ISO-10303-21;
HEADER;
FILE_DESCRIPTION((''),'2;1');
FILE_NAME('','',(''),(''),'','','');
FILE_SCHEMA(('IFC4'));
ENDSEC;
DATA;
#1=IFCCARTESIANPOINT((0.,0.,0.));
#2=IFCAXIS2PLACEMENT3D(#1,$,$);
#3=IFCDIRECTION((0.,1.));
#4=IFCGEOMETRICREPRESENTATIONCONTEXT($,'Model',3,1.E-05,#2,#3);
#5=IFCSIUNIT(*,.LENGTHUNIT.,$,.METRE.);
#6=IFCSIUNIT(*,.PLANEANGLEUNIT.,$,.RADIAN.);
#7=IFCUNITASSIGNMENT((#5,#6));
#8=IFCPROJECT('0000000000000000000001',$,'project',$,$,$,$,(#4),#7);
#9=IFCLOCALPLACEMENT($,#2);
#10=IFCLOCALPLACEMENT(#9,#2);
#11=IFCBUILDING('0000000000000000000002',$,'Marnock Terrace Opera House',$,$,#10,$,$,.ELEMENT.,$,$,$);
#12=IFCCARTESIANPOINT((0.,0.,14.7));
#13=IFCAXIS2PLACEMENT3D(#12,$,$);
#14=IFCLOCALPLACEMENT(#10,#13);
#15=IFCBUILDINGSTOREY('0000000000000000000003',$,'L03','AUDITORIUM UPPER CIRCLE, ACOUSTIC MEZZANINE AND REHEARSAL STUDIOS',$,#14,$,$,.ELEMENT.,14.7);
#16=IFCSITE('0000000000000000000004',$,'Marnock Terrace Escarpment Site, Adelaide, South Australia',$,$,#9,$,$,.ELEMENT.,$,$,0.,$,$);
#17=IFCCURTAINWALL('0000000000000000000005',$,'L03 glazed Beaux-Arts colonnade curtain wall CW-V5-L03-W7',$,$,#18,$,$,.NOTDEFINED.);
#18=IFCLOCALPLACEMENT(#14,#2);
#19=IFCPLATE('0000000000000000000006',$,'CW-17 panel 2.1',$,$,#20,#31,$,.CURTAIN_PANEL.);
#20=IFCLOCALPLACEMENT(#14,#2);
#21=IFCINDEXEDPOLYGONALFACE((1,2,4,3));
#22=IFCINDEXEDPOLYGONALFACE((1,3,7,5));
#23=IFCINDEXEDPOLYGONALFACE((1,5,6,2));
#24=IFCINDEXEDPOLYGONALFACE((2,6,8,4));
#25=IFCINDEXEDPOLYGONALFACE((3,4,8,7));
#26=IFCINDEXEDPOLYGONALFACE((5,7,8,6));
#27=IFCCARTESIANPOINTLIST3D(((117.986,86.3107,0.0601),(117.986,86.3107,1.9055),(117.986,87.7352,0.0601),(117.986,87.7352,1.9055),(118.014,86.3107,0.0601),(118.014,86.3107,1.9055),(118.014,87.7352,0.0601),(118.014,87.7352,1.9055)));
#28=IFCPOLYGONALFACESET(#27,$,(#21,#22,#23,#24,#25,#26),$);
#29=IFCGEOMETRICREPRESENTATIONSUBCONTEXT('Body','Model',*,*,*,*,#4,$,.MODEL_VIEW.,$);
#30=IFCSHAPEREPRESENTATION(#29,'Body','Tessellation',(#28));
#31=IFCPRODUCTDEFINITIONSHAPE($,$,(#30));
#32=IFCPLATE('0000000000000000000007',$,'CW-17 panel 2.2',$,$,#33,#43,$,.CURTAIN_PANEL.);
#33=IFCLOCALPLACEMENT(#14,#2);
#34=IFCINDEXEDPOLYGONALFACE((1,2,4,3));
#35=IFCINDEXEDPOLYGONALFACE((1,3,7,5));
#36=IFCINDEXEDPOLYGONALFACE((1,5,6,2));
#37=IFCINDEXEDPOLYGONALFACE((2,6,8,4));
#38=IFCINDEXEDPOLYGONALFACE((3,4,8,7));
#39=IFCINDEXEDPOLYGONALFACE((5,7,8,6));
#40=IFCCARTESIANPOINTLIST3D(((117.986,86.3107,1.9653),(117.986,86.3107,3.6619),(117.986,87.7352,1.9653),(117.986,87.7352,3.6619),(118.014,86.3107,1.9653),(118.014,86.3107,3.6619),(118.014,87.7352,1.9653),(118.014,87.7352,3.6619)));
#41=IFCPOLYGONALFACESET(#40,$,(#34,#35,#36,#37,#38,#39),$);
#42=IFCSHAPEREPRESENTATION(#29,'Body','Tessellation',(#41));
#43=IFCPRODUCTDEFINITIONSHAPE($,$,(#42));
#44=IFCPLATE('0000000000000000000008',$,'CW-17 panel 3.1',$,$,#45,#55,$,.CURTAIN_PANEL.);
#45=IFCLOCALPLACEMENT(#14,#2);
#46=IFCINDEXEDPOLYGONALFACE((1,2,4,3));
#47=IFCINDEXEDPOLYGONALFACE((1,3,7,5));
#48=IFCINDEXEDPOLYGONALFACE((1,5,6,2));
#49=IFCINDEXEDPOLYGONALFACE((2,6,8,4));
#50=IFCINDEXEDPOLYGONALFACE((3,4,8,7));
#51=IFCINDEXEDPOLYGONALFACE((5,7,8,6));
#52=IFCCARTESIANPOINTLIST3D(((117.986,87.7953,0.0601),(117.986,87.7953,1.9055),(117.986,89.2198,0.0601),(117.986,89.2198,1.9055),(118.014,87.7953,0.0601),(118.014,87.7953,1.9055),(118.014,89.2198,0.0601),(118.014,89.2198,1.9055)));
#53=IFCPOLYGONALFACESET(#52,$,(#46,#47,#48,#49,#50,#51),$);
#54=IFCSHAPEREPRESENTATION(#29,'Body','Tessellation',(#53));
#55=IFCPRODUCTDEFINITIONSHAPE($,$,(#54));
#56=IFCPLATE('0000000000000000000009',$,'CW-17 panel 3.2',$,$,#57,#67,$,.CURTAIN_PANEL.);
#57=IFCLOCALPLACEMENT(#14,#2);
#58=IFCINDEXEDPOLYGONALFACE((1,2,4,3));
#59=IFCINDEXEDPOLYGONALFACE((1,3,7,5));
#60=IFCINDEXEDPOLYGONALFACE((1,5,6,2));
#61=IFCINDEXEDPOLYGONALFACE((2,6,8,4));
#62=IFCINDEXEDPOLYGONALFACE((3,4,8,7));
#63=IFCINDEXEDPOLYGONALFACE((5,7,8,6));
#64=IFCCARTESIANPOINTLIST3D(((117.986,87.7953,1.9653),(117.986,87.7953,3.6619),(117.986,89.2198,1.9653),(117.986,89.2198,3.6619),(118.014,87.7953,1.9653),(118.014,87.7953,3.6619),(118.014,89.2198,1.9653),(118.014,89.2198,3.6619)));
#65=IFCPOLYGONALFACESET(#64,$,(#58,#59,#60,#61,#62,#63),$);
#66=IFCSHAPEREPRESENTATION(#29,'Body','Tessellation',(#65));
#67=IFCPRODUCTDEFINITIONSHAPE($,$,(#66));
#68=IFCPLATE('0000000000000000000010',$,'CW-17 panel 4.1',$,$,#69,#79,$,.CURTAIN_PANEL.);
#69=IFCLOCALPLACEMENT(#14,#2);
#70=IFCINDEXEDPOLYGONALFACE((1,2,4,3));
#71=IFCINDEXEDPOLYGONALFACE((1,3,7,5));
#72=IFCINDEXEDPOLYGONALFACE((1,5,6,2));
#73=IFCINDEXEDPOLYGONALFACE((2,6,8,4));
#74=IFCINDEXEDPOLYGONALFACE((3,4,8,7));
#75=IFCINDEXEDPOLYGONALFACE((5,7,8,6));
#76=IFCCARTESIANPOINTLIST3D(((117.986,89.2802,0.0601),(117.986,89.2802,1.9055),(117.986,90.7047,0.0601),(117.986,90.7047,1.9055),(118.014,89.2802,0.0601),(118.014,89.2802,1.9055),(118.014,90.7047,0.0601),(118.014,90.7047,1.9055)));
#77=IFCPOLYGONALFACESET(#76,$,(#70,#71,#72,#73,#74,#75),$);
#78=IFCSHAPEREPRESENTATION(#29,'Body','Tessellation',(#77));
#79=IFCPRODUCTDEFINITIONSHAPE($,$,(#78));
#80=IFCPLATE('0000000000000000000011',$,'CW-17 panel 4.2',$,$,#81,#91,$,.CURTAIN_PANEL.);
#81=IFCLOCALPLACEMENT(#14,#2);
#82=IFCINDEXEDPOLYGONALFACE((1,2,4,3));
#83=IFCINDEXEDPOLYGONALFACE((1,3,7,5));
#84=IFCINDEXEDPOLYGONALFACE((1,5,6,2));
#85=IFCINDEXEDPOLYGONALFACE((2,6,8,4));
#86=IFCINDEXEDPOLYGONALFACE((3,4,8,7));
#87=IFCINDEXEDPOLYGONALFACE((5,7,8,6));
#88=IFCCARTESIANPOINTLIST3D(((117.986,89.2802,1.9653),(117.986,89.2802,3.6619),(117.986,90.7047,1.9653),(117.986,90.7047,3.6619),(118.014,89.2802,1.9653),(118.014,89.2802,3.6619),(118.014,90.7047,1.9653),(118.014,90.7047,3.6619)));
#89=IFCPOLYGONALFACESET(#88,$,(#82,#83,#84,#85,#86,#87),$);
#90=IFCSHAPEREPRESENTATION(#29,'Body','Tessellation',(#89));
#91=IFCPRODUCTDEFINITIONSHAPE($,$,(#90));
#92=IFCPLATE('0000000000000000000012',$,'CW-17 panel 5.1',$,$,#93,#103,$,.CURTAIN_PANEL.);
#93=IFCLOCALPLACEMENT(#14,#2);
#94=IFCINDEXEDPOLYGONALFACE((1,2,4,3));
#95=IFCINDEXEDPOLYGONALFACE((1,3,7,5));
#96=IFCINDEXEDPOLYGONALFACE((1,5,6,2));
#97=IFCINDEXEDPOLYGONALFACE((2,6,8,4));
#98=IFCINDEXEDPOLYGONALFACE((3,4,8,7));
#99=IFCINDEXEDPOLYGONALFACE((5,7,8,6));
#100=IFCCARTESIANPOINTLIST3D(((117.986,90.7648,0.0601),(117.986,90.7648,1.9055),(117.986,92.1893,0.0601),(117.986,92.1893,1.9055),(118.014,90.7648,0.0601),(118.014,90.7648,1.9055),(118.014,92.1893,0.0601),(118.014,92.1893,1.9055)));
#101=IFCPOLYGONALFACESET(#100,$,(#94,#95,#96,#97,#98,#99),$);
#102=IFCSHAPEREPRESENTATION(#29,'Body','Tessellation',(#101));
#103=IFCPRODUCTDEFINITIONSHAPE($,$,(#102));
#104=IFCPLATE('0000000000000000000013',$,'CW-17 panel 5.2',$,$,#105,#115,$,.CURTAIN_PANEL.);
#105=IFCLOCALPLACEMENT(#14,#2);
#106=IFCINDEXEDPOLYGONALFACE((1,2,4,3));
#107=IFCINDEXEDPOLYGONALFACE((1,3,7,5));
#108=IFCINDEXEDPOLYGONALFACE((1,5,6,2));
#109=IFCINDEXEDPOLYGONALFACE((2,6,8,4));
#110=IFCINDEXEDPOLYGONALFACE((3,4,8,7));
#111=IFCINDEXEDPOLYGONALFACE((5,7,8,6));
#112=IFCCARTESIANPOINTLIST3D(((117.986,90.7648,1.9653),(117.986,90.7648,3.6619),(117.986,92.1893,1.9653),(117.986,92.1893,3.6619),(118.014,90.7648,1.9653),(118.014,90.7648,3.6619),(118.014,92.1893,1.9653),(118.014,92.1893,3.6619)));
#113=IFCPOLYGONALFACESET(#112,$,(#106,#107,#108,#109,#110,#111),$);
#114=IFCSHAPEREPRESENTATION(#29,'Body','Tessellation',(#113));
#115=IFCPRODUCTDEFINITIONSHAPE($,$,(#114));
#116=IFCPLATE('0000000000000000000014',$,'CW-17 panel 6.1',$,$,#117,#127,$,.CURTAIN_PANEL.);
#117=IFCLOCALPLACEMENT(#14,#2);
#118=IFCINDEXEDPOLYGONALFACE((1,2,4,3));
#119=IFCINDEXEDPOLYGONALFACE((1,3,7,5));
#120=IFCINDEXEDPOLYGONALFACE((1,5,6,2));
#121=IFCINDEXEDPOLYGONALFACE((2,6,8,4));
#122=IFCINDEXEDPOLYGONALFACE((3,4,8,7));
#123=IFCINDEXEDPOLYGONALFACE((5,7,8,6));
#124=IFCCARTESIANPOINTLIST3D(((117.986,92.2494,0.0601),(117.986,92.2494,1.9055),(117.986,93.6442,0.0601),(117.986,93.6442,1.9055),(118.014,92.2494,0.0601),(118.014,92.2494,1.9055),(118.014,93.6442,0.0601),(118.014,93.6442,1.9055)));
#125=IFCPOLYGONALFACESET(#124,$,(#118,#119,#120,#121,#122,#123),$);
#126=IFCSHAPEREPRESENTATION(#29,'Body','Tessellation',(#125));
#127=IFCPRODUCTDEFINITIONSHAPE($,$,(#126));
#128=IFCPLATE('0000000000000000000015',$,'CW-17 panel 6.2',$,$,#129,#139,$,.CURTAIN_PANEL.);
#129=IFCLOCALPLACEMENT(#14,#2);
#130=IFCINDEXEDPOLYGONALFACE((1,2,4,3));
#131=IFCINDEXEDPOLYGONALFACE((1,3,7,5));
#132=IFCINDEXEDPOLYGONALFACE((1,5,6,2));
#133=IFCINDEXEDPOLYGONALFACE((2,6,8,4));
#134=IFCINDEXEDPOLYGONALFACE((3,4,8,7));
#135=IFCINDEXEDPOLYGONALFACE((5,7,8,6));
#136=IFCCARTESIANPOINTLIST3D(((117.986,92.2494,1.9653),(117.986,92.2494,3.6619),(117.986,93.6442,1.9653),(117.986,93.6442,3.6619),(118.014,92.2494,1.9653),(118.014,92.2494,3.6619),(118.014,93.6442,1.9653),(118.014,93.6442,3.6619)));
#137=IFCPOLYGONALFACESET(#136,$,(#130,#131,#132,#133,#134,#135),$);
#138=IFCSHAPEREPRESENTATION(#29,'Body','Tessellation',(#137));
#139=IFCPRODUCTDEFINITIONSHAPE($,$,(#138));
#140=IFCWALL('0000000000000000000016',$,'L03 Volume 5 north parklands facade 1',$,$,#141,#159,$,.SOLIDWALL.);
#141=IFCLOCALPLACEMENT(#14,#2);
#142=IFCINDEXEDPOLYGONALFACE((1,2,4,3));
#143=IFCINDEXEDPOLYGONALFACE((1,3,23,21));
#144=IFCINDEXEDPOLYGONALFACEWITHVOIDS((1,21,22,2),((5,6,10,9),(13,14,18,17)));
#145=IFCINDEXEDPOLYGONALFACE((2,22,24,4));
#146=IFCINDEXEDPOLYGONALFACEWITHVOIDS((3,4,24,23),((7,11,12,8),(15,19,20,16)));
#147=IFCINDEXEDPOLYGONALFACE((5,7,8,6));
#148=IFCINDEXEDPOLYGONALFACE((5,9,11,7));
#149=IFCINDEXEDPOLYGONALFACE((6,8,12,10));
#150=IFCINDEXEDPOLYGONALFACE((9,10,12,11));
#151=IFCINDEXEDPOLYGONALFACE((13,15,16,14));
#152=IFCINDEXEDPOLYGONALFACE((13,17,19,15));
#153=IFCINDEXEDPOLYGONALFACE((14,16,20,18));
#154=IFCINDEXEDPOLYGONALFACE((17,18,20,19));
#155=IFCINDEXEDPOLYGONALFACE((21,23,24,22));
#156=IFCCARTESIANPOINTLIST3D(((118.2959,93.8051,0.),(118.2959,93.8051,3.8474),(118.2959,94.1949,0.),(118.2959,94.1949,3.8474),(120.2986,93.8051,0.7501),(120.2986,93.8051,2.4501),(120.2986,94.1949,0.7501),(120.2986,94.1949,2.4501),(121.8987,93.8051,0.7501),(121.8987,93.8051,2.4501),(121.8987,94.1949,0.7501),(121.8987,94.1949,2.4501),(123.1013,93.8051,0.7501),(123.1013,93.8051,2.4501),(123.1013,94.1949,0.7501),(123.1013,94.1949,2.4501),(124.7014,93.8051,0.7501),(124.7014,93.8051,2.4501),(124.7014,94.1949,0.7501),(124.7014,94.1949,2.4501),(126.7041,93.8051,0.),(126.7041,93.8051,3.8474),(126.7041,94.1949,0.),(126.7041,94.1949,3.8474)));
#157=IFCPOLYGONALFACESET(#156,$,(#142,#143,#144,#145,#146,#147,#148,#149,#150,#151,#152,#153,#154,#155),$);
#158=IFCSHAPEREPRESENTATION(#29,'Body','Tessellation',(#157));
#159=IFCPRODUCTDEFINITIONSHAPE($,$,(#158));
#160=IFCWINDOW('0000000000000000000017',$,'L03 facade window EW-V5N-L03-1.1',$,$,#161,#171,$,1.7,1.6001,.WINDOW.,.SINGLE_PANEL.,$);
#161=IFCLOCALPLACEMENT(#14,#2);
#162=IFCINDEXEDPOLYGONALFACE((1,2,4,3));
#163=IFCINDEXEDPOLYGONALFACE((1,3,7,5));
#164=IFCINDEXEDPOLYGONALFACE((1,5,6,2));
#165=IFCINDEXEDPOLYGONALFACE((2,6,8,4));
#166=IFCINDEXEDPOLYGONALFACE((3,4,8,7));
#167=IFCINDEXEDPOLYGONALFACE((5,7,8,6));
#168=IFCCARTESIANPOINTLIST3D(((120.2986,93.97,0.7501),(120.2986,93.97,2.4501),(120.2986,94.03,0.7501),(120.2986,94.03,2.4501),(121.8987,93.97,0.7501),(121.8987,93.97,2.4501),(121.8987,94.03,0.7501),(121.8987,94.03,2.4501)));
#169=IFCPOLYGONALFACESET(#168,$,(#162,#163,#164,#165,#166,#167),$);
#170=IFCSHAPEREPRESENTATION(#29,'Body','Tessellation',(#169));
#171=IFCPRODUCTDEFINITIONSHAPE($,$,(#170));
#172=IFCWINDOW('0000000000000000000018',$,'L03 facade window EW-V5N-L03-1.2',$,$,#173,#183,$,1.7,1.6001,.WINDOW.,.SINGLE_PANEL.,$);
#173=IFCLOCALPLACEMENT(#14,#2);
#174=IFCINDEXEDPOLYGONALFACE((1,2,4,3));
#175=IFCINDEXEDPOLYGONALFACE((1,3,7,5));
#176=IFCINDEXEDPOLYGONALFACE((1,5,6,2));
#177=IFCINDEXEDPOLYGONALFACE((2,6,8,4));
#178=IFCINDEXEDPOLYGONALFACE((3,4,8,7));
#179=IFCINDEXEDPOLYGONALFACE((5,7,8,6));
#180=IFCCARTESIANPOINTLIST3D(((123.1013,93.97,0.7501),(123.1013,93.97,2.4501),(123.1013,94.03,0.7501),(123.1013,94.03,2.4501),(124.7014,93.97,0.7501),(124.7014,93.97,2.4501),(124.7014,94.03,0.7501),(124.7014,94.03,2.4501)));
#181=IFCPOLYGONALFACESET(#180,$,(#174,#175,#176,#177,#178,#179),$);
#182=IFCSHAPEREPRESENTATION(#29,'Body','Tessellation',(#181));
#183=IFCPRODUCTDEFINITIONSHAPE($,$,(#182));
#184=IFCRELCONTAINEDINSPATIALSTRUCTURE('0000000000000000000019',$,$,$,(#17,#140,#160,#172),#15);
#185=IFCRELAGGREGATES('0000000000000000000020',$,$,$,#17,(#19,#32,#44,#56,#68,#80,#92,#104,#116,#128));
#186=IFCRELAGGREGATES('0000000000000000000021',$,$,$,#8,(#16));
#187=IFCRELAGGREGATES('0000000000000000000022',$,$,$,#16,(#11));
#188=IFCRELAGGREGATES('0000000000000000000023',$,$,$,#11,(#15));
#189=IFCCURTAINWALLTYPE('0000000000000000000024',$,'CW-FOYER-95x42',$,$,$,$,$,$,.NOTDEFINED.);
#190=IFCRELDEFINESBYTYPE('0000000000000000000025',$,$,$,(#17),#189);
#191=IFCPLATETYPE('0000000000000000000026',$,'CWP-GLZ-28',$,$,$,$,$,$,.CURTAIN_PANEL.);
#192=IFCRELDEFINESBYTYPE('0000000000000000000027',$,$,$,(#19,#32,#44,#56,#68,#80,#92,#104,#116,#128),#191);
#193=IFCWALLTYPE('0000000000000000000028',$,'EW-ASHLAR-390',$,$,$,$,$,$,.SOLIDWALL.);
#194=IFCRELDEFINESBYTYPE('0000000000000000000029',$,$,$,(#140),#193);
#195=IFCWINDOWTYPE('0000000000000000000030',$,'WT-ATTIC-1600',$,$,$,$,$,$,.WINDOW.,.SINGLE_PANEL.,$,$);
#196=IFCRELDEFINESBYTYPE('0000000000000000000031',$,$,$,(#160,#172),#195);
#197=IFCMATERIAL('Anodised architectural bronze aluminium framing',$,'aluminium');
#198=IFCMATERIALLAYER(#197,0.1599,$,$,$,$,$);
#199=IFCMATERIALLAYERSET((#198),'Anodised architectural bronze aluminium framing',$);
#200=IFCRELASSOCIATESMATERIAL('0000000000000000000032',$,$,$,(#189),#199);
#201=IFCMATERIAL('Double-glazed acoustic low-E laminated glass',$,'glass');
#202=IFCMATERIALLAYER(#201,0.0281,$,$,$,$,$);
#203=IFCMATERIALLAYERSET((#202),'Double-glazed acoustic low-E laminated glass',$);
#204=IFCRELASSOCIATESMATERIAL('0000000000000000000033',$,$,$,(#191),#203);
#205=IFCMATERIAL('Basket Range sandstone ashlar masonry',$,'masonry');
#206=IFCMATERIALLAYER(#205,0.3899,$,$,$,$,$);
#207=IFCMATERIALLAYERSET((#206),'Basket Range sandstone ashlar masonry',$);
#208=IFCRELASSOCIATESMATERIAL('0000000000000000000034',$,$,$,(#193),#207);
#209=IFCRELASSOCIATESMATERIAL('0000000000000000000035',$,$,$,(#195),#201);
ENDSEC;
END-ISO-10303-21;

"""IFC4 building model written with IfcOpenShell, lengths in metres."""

from ifc_helpers import new_model, si_unit, direction, frame, frame_2d, origin, origin_2d, place, context, subcontext, project, spatial, rectangle, extrude, material, layer, layer_set, type_object, element, fill, aggregate, save


model = new_model("IFC4")

# Units and contexts
model_context = context("Model", 3, precision=1e-05, world=origin(), true_north=direction((0.0, 1.0)))
body_context = subcontext(model_context, "Body", "Model", "MODEL_VIEW")
ifc_project = project(units=[si_unit("LENGTHUNIT", "METRE"), si_unit("PLANEANGLEUNIT", "RADIAN")], contexts=[model_context])

# Site, building, storey
site_placement = place(None, origin())
site = spatial("IfcSite", under=ifc_project, at=site_placement, Name="Marnock Terrace Escarpment Site, Adelaide, South Australia", CompositionType="ELEMENT", RefElevation=0.0)
building_placement = place(site_placement, origin())
building = spatial("IfcBuilding", under=site, at=building_placement, Name="Marnock Terrace Opera House", CompositionType="ELEMENT")
storey_placement = place(building_placement, frame((0.0, 0.0, 14.7)))
storey = spatial("IfcBuildingStorey", under=building, at=storey_placement, Name="L03", Description="AUDITORIUM UPPER CIRCLE, ACOUSTIC MEZZANINE AND REHEARSAL STUDIOS", CompositionType="ELEMENT", Elevation=14.7)

# Curtain wall, plates
ifc_material_1 = material(Name="Anodised architectural bronze aluminium framing", Category="aluminium")
ifc_layer_1 = layer(ifc_material_1, 0.1599)
ifc_layer_set_1 = layer_set([ifc_layer_1], Name="Anodised architectural bronze aluminium framing")
curtain_wall_type = type_object("IfcCurtainWallType", Name="CW-FOYER-95x42", PredefinedType="NOTDEFINED", material=ifc_layer_set_1)
curtain_wall_placement = place(storey_placement, origin())
curtain_wall = element("IfcCurtainWall", 1, at=curtain_wall_placement, inside=storey, type_object=curtain_wall_type, Name="L03 glazed Beaux-Arts colonnade curtain wall CW-V5-L03-W7", PredefinedType="NOTDEFINED")
ifc_material_2 = material(Name="Double-glazed acoustic low-E laminated glass", Category="glass")
ifc_layer_2 = layer(ifc_material_2, 0.0281)
ifc_layer_set_2 = layer_set([ifc_layer_2], Name="Double-glazed acoustic low-E laminated glass")
plate_type = type_object("IfcPlateType", Name="CWP-GLZ-28", PredefinedType="CURTAIN_PANEL", material=ifc_layer_set_2)
plate_1_placement = place(storey_placement, frame((118.0, 87.0229, 0.0601), z_axis=(0.0, 0.0, 1.0), x_axis=(0.0, 1.0, 0.0)))
plate_1 = element("IfcPlate", 2, at=plate_1_placement, type_object=plate_type, Name="CW-17 panel 2.1", PredefinedType="CURTAIN_PANEL", context=body_context, shape_type="SweptSolid", body=[
    extrude(rectangle(XDim=1.4246, YDim=0.0281, at=origin_2d()), origin(), (0.0, 0.0, 1.0), 1.8455),
])
plate_2_placement = place(storey_placement, frame((118.0, 87.0229, 1.9653), z_axis=(0.0, 0.0, 1.0), x_axis=(0.0, 1.0, 0.0)))
plate_2 = element("IfcPlate", 3, at=plate_2_placement, type_object=plate_type, Name="CW-17 panel 2.2", PredefinedType="CURTAIN_PANEL", context=body_context, shape_type="SweptSolid", body=[
    extrude(rectangle(XDim=1.4246, YDim=0.0281, at=origin_2d()), origin(), (0.0, 0.0, 1.0), 1.6965),
])
plate_3_placement = place(storey_placement, frame((118.0, 88.5076, 0.0601), z_axis=(0.0, 0.0, 1.0), x_axis=(0.0, 1.0, 0.0)))
plate_3 = element("IfcPlate", 4, at=plate_3_placement, type_object=plate_type, Name="CW-17 panel 3.1", PredefinedType="CURTAIN_PANEL", context=body_context, shape_type="SweptSolid", body=[
    extrude(rectangle(XDim=1.4246, YDim=0.0281, at=origin_2d()), origin(), (0.0, 0.0, 1.0), 1.8455),
])
plate_4_placement = place(storey_placement, frame((118.0, 88.5076, 1.9653), z_axis=(0.0, 0.0, 1.0), x_axis=(0.0, 1.0, 0.0)))
plate_4 = element("IfcPlate", 5, at=plate_4_placement, type_object=plate_type, Name="CW-17 panel 3.2", PredefinedType="CURTAIN_PANEL", context=body_context, shape_type="SweptSolid", body=[
    extrude(rectangle(XDim=1.4246, YDim=0.0281, at=origin_2d()), origin(), (0.0, 0.0, 1.0), 1.6965),
])
plate_5_placement = place(storey_placement, frame((118.0, 89.9924, 0.0601), z_axis=(0.0, 0.0, 1.0), x_axis=(0.0, 1.0, 0.0)))
plate_5 = element("IfcPlate", 6, at=plate_5_placement, type_object=plate_type, Name="CW-17 panel 4.1", PredefinedType="CURTAIN_PANEL", context=body_context, shape_type="SweptSolid", body=[
    extrude(rectangle(XDim=1.4246, YDim=0.0281, at=origin_2d()), origin(), (0.0, 0.0, 1.0), 1.8455),
])
plate_6_placement = place(storey_placement, frame((118.0, 89.9924, 1.9653), z_axis=(0.0, 0.0, 1.0), x_axis=(0.0, 1.0, 0.0)))
plate_6 = element("IfcPlate", 7, at=plate_6_placement, type_object=plate_type, Name="CW-17 panel 4.2", PredefinedType="CURTAIN_PANEL", context=body_context, shape_type="SweptSolid", body=[
    extrude(rectangle(XDim=1.4246, YDim=0.0281, at=origin_2d()), origin(), (0.0, 0.0, 1.0), 1.6965),
])
plate_7_placement = place(storey_placement, frame((118.0, 91.4771, 0.0601), z_axis=(0.0, 0.0, 1.0), x_axis=(0.0, 1.0, 0.0)))
plate_7 = element("IfcPlate", 8, at=plate_7_placement, type_object=plate_type, Name="CW-17 panel 5.1", PredefinedType="CURTAIN_PANEL", context=body_context, shape_type="SweptSolid", body=[
    extrude(rectangle(XDim=1.4246, YDim=0.0281, at=origin_2d()), origin(), (0.0, 0.0, 1.0), 1.8455),
])
plate_8_placement = place(storey_placement, frame((118.0, 91.4771, 1.9653), z_axis=(0.0, 0.0, 1.0), x_axis=(0.0, 1.0, 0.0)))
plate_8 = element("IfcPlate", 9, at=plate_8_placement, type_object=plate_type, Name="CW-17 panel 5.2", PredefinedType="CURTAIN_PANEL", context=body_context, shape_type="SweptSolid", body=[
    extrude(rectangle(XDim=1.4246, YDim=0.0281, at=origin_2d()), origin(), (0.0, 0.0, 1.0), 1.6965),
])
plate_9_placement = place(storey_placement, frame((118.0, 92.9468, 0.0601), z_axis=(0.0, 0.0, 1.0), x_axis=(0.0, 1.0, 0.0)))
plate_9 = element("IfcPlate", 10, at=plate_9_placement, type_object=plate_type, Name="CW-17 panel 6.1", PredefinedType="CURTAIN_PANEL", context=body_context, shape_type="SweptSolid", body=[
    extrude(rectangle(XDim=1.3948, YDim=0.0281, at=origin_2d()), origin(), (0.0, 0.0, 1.0), 1.8455),
])
plate_10_placement = place(storey_placement, frame((118.0, 92.9468, 1.9653), z_axis=(0.0, 0.0, 1.0), x_axis=(0.0, 1.0, 0.0)))
plate_10 = element("IfcPlate", 11, at=plate_10_placement, type_object=plate_type, Name="CW-17 panel 6.2", PredefinedType="CURTAIN_PANEL", context=body_context, shape_type="SweptSolid", body=[
    extrude(rectangle(XDim=1.3948, YDim=0.0281, at=origin_2d()), origin(), (0.0, 0.0, 1.0), 1.6965),
])
aggregate(curtain_wall, [plate_1, plate_2, plate_3, plate_4, plate_5, plate_6, plate_7, plate_8, plate_9, plate_10])

# Wall, openings, windows
ifc_material_3 = material(Name="Basket Range sandstone ashlar masonry", Category="masonry")
ifc_layer_3 = layer(ifc_material_3, 0.3899)
ifc_layer_set_3 = layer_set([ifc_layer_3], Name="Basket Range sandstone ashlar masonry")
wall_type = type_object("IfcWallType", Name="EW-ASHLAR-390", PredefinedType="SOLIDWALL", material=ifc_layer_set_3)
wall_placement = place(storey_placement, frame((118.2959, 94.0, 0.0), z_axis=(0.0, 0.0, 1.0), x_axis=(1.0, 0.0, 0.0)))
wall = element("IfcWall", 12, at=wall_placement, inside=storey, type_object=wall_type, Name="L03 Volume 5 north parklands facade 1", PredefinedType="SOLIDWALL", context=body_context, shape_type="SweptSolid", body=[
    extrude(rectangle(XDim=8.4082, YDim=0.3899, at=frame_2d((4.2041, 0.0))), origin(), (0.0, 0.0, 1.0), 3.8474),
])
opening_1_placement = place(wall_placement, frame((2.0027, 0.0, 0.75)))
opening_1 = element("IfcOpeningElement", 13, at=opening_1_placement, cuts=wall, PredefinedType="OPENING", context=body_context, shape_type="SweptSolid", body=[
    extrude(rectangle(XDim=1.6001, YDim=1.7, at=frame_2d((0.8, 0.8501))), frame((0.0, 0.2048, 0.0), z_axis=(0.0, -1.0, 0.0), x_axis=(1.0, 0.0, 0.0)), (0.0, 0.0, 1.0), 0.4099),
])
opening_2_placement = place(wall_placement, frame((4.8054, 0.0, 0.75)))
opening_2 = element("IfcOpeningElement", 14, at=opening_2_placement, cuts=wall, PredefinedType="OPENING", context=body_context, shape_type="SweptSolid", body=[
    extrude(rectangle(XDim=1.6001, YDim=1.7, at=frame_2d((0.8, 0.8501))), frame((0.0, 0.2048, 0.0), z_axis=(0.0, -1.0, 0.0), x_axis=(1.0, 0.0, 0.0)), (0.0, 0.0, 1.0), 0.4099),
])
window_type = type_object("IfcWindowType", Name="WT-ATTIC-1600", PartitioningType="SINGLE_PANEL", PredefinedType="WINDOW", material=ifc_material_2)
window_1_placement = place(opening_1_placement, origin())
window_1 = element("IfcWindow", 15, at=window_1_placement, inside=storey, type_object=window_type, Name="L03 facade window EW-V5N-L03-1.1", OverallHeight=1.7, OverallWidth=1.6001, PartitioningType="SINGLE_PANEL", PredefinedType="WINDOW", context=body_context, shape_type="SweptSolid", body=[
    extrude(rectangle(XDim=1.6001, YDim=1.7, at=frame_2d((0.8, 0.8501))), frame((0.0, 0.03, 0.0), z_axis=(0.0, -1.0, 0.0), x_axis=(1.0, 0.0, 0.0)), (0.0, 0.0, 1.0), 0.0601),
])
fill(opening_1, window_1)
window_2_placement = place(opening_2_placement, origin())
window_2 = element("IfcWindow", 16, at=window_2_placement, inside=storey, type_object=window_type, Name="L03 facade window EW-V5N-L03-1.2", OverallHeight=1.7, OverallWidth=1.6001, PartitioningType="SINGLE_PANEL", PredefinedType="WINDOW", context=body_context, shape_type="SweptSolid", body=[
    extrude(rectangle(XDim=1.6001, YDim=1.7, at=frame_2d((0.8, 0.8501))), frame((0.0, 0.03, 0.0), z_axis=(0.0, -1.0, 0.0), x_axis=(1.0, 0.0, 0.0)), (0.0, 0.0, 1.0), 0.0601),
])
fill(opening_2, window_2)

save(model, "model.ifc")
